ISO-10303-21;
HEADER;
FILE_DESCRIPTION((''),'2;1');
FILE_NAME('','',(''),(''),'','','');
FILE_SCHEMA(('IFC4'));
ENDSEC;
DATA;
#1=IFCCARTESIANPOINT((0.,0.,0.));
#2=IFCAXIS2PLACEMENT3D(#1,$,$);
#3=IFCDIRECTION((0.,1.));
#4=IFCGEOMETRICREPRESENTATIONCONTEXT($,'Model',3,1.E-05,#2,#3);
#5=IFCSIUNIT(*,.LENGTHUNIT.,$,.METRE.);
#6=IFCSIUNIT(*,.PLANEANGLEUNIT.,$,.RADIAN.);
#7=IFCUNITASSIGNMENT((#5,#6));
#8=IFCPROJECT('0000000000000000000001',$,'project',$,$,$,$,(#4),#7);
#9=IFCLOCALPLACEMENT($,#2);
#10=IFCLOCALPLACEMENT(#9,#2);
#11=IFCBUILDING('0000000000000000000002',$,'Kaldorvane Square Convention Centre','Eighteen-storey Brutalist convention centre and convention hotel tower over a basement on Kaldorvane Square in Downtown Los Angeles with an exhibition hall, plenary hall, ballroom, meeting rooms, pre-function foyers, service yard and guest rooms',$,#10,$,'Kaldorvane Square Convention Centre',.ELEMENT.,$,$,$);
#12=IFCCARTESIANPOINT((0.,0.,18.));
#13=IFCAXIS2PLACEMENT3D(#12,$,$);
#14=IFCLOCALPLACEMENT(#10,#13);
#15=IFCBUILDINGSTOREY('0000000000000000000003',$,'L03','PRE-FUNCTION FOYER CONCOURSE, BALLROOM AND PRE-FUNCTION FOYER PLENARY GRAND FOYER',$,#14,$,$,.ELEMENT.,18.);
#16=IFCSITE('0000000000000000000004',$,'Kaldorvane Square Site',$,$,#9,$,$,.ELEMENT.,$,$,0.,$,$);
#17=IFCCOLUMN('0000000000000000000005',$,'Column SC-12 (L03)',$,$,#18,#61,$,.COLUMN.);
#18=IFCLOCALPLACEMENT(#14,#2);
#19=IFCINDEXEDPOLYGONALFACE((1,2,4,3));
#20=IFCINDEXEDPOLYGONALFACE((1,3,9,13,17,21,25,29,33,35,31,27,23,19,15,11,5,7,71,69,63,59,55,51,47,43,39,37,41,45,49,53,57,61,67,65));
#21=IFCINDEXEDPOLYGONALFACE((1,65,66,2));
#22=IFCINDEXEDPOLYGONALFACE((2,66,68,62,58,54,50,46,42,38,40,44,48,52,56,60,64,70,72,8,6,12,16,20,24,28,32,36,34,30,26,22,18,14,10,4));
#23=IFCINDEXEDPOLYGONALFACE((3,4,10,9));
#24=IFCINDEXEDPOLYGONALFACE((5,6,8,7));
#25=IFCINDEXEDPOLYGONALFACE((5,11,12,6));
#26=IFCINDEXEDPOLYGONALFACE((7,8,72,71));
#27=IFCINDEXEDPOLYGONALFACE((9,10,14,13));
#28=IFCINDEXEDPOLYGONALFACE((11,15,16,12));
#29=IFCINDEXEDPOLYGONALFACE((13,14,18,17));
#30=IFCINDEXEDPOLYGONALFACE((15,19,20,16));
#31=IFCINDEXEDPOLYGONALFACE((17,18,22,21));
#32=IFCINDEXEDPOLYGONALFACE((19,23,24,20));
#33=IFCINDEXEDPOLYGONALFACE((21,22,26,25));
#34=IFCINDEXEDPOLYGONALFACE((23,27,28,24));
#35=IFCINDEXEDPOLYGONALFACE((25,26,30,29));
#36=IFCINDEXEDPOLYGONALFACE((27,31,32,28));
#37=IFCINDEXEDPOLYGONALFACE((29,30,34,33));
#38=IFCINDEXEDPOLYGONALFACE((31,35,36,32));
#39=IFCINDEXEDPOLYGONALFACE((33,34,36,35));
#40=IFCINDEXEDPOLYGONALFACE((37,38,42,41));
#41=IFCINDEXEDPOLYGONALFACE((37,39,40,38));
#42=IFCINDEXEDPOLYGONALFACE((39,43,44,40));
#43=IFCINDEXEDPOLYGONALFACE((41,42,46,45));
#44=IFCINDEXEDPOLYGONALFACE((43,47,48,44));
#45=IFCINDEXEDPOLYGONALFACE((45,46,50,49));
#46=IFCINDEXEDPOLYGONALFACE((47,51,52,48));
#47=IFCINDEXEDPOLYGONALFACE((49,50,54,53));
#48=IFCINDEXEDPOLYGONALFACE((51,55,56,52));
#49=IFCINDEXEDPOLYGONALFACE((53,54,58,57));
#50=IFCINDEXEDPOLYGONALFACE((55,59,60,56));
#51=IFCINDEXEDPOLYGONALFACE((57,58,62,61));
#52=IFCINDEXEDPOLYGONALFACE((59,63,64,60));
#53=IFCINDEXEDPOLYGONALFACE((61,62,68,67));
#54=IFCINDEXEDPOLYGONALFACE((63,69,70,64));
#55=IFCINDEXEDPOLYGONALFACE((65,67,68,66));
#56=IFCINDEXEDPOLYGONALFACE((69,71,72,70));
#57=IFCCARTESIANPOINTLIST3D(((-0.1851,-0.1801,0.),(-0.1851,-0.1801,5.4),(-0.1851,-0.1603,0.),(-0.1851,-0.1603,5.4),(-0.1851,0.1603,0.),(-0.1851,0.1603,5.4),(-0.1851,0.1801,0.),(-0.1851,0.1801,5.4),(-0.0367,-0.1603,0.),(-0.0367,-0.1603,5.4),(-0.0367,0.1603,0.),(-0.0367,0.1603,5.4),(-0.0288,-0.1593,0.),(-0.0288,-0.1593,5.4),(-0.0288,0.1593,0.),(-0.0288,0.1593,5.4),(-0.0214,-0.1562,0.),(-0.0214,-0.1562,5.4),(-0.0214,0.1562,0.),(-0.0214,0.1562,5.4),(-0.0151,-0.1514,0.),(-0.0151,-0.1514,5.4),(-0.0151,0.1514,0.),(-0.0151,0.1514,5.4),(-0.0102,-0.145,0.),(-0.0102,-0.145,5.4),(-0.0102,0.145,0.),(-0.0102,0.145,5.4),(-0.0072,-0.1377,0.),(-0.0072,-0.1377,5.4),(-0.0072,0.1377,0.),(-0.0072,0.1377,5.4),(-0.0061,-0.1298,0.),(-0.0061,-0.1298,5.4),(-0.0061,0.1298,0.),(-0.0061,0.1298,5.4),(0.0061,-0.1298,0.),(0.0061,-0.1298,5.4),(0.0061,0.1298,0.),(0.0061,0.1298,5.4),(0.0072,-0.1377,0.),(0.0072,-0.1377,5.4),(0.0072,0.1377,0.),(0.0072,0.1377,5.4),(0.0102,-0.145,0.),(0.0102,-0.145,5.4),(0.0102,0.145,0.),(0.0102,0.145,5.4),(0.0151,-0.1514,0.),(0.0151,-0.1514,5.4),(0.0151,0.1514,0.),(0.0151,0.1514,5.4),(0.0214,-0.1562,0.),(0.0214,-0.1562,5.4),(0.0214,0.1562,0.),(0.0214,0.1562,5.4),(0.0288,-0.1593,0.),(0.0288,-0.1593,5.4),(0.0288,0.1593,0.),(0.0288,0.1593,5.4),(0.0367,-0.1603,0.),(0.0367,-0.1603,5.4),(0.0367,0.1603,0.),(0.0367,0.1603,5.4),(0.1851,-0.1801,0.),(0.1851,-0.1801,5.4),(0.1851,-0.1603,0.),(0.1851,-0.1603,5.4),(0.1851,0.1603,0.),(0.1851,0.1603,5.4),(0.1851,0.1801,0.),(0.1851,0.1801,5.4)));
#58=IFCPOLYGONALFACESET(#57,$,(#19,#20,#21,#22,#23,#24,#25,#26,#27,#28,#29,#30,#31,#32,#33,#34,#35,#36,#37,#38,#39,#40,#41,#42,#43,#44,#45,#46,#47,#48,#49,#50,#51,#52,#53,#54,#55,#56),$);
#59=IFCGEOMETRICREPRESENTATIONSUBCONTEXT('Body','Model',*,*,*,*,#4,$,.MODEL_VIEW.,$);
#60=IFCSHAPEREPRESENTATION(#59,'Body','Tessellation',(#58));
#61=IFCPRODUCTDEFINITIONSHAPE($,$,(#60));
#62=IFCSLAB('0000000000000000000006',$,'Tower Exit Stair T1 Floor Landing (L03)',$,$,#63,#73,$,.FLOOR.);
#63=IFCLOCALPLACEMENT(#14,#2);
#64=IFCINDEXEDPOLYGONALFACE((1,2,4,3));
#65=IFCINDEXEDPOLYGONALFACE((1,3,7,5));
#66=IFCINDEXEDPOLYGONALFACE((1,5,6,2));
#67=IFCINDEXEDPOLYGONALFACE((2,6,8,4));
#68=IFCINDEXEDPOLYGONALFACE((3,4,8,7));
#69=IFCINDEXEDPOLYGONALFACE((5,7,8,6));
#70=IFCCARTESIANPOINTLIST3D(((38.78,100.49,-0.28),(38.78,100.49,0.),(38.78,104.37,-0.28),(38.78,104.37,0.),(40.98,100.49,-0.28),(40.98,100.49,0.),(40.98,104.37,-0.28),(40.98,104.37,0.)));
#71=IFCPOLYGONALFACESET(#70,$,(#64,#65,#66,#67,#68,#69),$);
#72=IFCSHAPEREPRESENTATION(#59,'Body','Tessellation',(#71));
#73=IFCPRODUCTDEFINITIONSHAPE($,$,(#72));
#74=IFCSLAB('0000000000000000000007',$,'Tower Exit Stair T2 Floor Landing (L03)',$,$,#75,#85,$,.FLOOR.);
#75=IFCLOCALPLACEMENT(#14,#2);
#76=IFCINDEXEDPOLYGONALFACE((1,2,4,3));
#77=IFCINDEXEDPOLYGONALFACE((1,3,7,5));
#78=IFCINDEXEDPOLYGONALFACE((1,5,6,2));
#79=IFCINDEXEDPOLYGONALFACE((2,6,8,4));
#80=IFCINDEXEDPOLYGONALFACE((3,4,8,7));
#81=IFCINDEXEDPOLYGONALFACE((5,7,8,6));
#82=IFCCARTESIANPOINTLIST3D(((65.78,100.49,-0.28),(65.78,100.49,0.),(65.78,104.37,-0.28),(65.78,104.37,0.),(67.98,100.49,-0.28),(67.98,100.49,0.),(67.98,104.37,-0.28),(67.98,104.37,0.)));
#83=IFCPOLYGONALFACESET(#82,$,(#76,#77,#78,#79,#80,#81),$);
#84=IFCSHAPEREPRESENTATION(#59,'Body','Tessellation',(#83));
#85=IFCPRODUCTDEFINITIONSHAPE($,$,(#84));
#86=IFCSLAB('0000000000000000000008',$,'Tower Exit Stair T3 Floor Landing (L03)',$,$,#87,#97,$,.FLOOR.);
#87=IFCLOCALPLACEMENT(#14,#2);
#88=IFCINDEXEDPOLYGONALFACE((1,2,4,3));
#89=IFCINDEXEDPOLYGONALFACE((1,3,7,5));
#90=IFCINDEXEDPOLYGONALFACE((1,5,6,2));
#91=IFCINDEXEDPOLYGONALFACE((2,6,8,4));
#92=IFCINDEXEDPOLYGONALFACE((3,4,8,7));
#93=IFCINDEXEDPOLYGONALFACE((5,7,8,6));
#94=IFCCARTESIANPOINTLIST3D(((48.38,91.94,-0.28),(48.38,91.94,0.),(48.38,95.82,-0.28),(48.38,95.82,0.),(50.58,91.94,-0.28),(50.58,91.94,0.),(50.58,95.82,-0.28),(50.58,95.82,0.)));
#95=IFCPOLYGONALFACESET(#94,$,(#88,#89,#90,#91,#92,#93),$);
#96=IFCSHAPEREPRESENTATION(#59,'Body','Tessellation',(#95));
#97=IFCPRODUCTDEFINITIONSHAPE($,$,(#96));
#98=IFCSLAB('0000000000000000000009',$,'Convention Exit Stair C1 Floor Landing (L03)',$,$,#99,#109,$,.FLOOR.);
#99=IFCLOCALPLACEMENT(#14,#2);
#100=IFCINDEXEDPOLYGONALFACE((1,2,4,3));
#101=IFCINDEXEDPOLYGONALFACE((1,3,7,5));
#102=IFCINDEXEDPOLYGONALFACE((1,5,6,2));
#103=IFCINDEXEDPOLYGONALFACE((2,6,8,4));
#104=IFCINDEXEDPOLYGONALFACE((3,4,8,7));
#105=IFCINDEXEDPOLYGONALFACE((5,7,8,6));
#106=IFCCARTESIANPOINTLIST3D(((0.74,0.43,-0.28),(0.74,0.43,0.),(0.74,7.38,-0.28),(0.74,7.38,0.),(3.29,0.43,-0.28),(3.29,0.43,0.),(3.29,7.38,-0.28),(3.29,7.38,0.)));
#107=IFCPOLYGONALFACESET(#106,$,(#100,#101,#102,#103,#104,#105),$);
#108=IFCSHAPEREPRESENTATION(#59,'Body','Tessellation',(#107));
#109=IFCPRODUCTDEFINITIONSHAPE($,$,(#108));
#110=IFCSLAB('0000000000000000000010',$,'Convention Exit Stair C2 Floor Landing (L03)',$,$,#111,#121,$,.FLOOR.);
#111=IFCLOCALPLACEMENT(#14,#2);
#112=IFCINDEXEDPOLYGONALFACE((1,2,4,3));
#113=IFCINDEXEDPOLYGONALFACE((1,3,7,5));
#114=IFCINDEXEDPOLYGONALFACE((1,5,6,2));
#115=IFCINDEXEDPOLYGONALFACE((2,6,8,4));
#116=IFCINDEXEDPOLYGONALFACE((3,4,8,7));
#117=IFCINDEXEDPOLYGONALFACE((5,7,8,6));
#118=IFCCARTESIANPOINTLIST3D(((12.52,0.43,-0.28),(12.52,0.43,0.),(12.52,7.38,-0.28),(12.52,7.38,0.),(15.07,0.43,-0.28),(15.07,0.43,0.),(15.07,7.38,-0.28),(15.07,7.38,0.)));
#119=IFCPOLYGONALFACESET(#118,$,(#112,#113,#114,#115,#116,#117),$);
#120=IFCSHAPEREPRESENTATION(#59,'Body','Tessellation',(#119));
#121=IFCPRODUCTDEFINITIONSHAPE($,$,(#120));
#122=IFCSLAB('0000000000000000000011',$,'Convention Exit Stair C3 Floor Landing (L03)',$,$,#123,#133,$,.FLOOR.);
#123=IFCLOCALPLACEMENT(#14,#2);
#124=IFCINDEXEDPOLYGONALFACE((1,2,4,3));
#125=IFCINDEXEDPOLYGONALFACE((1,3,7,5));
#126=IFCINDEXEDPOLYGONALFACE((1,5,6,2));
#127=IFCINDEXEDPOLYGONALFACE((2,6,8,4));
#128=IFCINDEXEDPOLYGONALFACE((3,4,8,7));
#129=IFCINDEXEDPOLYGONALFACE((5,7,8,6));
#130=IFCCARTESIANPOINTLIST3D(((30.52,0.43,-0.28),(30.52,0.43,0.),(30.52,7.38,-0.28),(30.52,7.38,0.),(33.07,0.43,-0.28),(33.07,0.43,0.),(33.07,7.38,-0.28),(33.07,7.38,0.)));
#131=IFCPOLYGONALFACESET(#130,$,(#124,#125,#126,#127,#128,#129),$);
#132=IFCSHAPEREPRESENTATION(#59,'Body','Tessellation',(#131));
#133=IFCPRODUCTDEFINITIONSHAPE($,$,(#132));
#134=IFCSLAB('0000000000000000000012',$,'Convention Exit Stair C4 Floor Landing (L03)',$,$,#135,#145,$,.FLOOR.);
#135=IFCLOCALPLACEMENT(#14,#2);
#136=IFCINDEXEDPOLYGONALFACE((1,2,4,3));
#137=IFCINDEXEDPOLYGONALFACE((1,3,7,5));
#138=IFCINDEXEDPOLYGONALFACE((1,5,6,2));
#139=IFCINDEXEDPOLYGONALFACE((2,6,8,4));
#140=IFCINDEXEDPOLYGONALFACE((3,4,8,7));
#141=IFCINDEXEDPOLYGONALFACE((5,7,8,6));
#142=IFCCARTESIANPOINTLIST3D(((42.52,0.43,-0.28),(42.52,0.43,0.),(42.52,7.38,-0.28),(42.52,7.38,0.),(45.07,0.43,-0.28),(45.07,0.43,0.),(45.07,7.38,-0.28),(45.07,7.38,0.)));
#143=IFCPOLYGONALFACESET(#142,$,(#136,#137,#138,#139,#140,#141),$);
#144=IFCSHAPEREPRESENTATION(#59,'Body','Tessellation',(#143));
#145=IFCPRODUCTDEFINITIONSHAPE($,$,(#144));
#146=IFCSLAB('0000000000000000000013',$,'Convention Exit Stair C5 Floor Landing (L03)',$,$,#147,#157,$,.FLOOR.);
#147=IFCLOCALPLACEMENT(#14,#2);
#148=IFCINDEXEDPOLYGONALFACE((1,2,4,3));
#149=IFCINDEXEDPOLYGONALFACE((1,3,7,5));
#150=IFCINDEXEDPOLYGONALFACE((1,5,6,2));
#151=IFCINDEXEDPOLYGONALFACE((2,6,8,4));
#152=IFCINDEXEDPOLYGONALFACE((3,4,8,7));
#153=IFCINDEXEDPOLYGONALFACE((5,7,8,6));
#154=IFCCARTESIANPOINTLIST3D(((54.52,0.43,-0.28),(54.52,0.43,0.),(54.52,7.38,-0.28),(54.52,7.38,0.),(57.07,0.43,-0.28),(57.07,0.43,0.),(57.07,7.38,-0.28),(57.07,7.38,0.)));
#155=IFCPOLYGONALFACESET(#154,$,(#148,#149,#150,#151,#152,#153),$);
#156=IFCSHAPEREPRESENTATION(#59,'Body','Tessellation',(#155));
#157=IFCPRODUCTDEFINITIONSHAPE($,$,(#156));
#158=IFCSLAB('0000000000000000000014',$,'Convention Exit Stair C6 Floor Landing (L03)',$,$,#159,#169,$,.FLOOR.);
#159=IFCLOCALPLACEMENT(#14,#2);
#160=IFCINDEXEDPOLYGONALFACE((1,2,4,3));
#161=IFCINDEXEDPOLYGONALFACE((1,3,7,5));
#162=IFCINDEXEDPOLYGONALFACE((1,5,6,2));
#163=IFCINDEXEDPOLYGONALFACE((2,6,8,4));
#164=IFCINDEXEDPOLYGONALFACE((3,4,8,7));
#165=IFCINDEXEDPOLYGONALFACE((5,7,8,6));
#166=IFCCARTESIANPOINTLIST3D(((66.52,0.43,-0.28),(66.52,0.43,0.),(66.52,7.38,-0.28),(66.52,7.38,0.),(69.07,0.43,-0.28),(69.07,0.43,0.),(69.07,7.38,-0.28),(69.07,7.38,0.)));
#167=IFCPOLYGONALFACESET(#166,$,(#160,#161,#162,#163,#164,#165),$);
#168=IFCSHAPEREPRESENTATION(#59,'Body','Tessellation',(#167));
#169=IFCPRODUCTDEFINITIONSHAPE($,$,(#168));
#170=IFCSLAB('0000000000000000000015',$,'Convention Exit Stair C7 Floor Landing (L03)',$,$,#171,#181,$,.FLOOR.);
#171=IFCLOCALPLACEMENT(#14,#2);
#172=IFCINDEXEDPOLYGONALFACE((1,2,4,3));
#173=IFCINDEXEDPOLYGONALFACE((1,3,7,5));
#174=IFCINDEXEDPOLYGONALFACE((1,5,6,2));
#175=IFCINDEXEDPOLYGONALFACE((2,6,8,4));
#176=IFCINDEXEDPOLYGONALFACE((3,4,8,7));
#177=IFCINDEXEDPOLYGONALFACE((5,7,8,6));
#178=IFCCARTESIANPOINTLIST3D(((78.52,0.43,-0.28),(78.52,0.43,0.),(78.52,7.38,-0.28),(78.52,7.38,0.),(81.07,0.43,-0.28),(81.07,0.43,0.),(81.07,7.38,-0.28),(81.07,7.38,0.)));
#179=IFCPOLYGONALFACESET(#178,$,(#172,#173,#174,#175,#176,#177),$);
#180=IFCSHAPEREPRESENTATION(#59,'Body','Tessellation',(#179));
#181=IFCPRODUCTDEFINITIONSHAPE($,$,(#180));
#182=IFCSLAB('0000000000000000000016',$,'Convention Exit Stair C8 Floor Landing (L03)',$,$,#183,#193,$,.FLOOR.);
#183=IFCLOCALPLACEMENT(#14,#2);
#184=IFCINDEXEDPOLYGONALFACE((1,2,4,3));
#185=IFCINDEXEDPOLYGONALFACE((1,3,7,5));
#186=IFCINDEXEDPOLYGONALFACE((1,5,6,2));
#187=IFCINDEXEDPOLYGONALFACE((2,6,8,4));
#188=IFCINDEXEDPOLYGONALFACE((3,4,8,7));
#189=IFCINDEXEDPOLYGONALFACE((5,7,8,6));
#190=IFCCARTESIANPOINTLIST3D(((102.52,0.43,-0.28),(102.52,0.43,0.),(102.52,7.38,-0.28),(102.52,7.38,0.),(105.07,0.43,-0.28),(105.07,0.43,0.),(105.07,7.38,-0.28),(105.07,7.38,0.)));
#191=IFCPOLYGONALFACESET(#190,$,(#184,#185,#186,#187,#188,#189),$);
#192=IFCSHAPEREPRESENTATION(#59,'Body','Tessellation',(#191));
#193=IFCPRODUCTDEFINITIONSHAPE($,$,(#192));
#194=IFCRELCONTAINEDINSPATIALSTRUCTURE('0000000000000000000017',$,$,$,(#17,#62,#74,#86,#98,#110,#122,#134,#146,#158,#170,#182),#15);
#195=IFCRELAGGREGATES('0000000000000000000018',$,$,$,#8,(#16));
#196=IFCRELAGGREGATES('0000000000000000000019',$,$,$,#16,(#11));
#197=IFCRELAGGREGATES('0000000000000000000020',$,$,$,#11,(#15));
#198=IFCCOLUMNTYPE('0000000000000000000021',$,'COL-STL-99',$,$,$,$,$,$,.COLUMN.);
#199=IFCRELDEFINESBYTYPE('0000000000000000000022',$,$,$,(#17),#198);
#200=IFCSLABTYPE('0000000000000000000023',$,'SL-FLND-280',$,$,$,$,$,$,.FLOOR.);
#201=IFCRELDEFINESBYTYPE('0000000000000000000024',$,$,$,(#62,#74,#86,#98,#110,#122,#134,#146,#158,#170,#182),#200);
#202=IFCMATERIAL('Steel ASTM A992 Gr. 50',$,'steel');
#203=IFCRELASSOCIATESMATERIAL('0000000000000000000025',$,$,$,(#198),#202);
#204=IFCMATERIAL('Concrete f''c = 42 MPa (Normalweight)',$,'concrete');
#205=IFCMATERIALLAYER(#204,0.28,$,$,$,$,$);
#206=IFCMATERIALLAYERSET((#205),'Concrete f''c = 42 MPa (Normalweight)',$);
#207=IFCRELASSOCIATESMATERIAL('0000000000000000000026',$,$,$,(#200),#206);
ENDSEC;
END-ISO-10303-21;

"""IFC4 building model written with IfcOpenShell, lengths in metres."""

from ifc_helpers import new_model, si_unit, direction, frame, origin, origin_with_axes, origin_2d, place, context, subcontext, project, spatial, polyline, i_section, outline, extrude, material, layer, layer_set, material_profile, profile_set, type_object, element, save


model = new_model("IFC4")

# Units and contexts
model_context = context("Model", 3, precision=1e-05, world=origin(), true_north=direction((0.0, 1.0)))
body_context = subcontext(model_context, "Body", "Model", "MODEL_VIEW")
ifc_project = project(units=[si_unit("LENGTHUNIT", "METRE"), si_unit("PLANEANGLEUNIT", "RADIAN")], contexts=[model_context])

# Site, building, storey
site_placement = place(None, origin())
site = spatial("IfcSite", under=ifc_project, at=site_placement, Name="Kaldorvane Square Site", CompositionType="ELEMENT", RefElevation=0.0)
building_placement = place(site_placement, origin())
building = spatial("IfcBuilding", under=site, at=building_placement, Name="Kaldorvane Square Convention Centre", Description="Eighteen-storey Brutalist convention centre and convention hotel tower over a basement on Kaldorvane Square in Downtown Los Angeles with an exhibition hall, plenary hall, ballroom, meeting rooms, pre-function foyers, service yard and guest rooms", LongName="Kaldorvane Square Convention Centre", CompositionType="ELEMENT")
storey_placement = place(building_placement, frame((0.0, 0.0, 18.0)))
storey = spatial("IfcBuildingStorey", under=building, at=storey_placement, Name="L03", Description="PRE-FUNCTION FOYER CONCOURSE, BALLROOM AND PRE-FUNCTION FOYER PLENARY GRAND FOYER", CompositionType="ELEMENT", Elevation=18.0)

# Column
ifc_material_1 = material(Name="Steel ASTM A992 Gr. 50", Category="steel")
ifc_material_profile = material_profile(ifc_material_1, i_section(OverallWidth=0.3701, OverallDepth=0.3602, WebThickness=0.0123, FlangeThickness=0.0198, FilletRadius=0.0305, at=origin_2d()), Name="W14X99")
ifc_profile_set = profile_set([ifc_material_profile], Name="Steel ASTM A992 Gr. 50")
column_type = type_object("IfcColumnType", Name="COL-STL-99", PredefinedType="COLUMN", material=ifc_profile_set)
column_placement = place(storey_placement, origin_with_axes())
element("IfcColumn", 1, at=column_placement, inside=storey, type_object=column_type, Name="Column SC-12 (L03)", PredefinedType="COLUMN", context=body_context, shape_type="SweptSolid", body=[
    extrude(i_section(OverallWidth=0.3701, OverallDepth=0.3602, WebThickness=0.0123, FlangeThickness=0.0198, FilletRadius=0.0305, at=origin_2d()), origin(), (0.0, 0.0, 1.0), 5.4),
])

# Slabs
ifc_material_2 = material(Name="Concrete f'c = 42 MPa (Normalweight)", Category="concrete")
ifc_layer_1 = layer(ifc_material_2, 0.28)
ifc_layer_set_1 = layer_set([ifc_layer_1], Name="Concrete f'c = 42 MPa (Normalweight)")
slab_type_1 = type_object("IfcSlabType", Name="SL-FLND-280", PredefinedType="FLOOR", material=ifc_layer_set_1)
slab_1_placement = place(storey_placement, frame((0.0, 0.0, -0.28)))
element("IfcSlab", 2, at=slab_1_placement, inside=storey, type_object=slab_type_1, Name="Tower Exit Stair T1 Floor Landing (L03)", PredefinedType="FLOOR", context=body_context, shape_type="SweptSolid", body=[
    extrude(outline(polyline([(38.78, 100.49), (40.98, 100.49), (40.98, 104.37), (38.78, 104.37), (38.78, 100.49)])), origin(), (0.0, 0.0, 1.0), 0.28),
])
slab_2_placement = place(storey_placement, frame((0.0, 0.0, -0.28)))
element("IfcSlab", 3, at=slab_2_placement, inside=storey, type_object=slab_type_1, Name="Tower Exit Stair T2 Floor Landing (L03)", PredefinedType="FLOOR", context=body_context, shape_type="SweptSolid", body=[
    extrude(outline(polyline([(65.78, 100.49), (67.98, 100.49), (67.98, 104.37), (65.78, 104.37), (65.78, 100.49)])), origin(), (0.0, 0.0, 1.0), 0.28),
])
slab_3_placement = place(storey_placement, frame((0.0, 0.0, -0.28)))
element("IfcSlab", 4, at=slab_3_placement, inside=storey, type_object=slab_type_1, Name="Tower Exit Stair T3 Floor Landing (L03)", PredefinedType="FLOOR", context=body_context, shape_type="SweptSolid", body=[
    extrude(outline(polyline([(48.38, 91.94), (50.58, 91.94), (50.58, 95.82), (48.38, 95.82), (48.38, 91.94)])), origin(), (0.0, 0.0, 1.0), 0.28),
])
slab_4_placement = place(storey_placement, frame((0.0, 0.0, -0.28)))
element("IfcSlab", 5, at=slab_4_placement, inside=storey, type_object=slab_type_1, Name="Convention Exit Stair C1 Floor Landing (L03)", PredefinedType="FLOOR", context=body_context, shape_type="SweptSolid", body=[
    extrude(outline(polyline([(0.74, 0.43), (3.29, 0.43), (3.29, 7.38), (0.74, 7.38), (0.74, 0.43)])), origin(), (0.0, 0.0, 1.0), 0.28),
])
slab_5_placement = place(storey_placement, frame((0.0, 0.0, -0.28)))
element("IfcSlab", 6, at=slab_5_placement, inside=storey, type_object=slab_type_1, Name="Convention Exit Stair C2 Floor Landing (L03)", PredefinedType="FLOOR", context=body_context, shape_type="SweptSolid", body=[
    extrude(outline(polyline([(12.52, 0.43), (15.07, 0.43), (15.07, 7.38), (12.52, 7.38), (12.52, 0.43)])), origin(), (0.0, 0.0, 1.0), 0.28),
])
slab_6_placement = place(storey_placement, frame((0.0, 0.0, -0.28)))
element("IfcSlab", 7, at=slab_6_placement, inside=storey, type_object=slab_type_1, Name="Convention Exit Stair C3 Floor Landing (L03)", PredefinedType="FLOOR", context=body_context, shape_type="SweptSolid", body=[
    extrude(outline(polyline([(30.52, 0.43), (33.07, 0.43), (33.07, 7.38), (30.52, 7.38), (30.52, 0.43)])), origin(), (0.0, 0.0, 1.0), 0.28),
])
slab_7_placement = place(storey_placement, frame((0.0, 0.0, -0.28)))
element("IfcSlab", 8, at=slab_7_placement, inside=storey, type_object=slab_type_1, Name="Convention Exit Stair C4 Floor Landing (L03)", PredefinedType="FLOOR", context=body_context, shape_type="SweptSolid", body=[
    extrude(outline(polyline([(42.52, 0.43), (45.07, 0.43), (45.07, 7.38), (42.52, 7.38), (42.52, 0.43)])), origin(), (0.0, 0.0, 1.0), 0.28),
])
slab_8_placement = place(storey_placement, frame((0.0, 0.0, -0.28)))
element("IfcSlab", 9, at=slab_8_placement, inside=storey, type_object=slab_type_1, Name="Convention Exit Stair C5 Floor Landing (L03)", PredefinedType="FLOOR", context=body_context, shape_type="SweptSolid", body=[
    extrude(outline(polyline([(54.52, 0.43), (57.07, 0.43), (57.07, 7.38), (54.52, 7.38), (54.52, 0.43)])), origin(), (0.0, 0.0, 1.0), 0.28),
])
slab_9_placement = place(storey_placement, frame((0.0, 0.0, -0.28)))
element("IfcSlab", 10, at=slab_9_placement, inside=storey, type_object=slab_type_1, Name="Convention Exit Stair C6 Floor Landing (L03)", PredefinedType="FLOOR", context=body_context, shape_type="SweptSolid", body=[
    extrude(outline(polyline([(66.52, 0.43), (69.07, 0.43), (69.07, 7.38), (66.52, 7.38), (66.52, 0.43)])), origin(), (0.0, 0.0, 1.0), 0.28),
])
slab_10_placement = place(storey_placement, frame((0.0, 0.0, -0.28)))
element("IfcSlab", 11, at=slab_10_placement, inside=storey, type_object=slab_type_1, Name="Convention Exit Stair C7 Floor Landing (L03)", PredefinedType="FLOOR", context=body_context, shape_type="SweptSolid", body=[
    extrude(outline(polyline([(78.52, 0.43), (81.07, 0.43), (81.07, 7.38), (78.52, 7.38), (78.52, 0.43)])), origin(), (0.0, 0.0, 1.0), 0.28),
])
slab_11_placement = place(storey_placement, frame((0.0, 0.0, -0.28)))
element("IfcSlab", 12, at=slab_11_placement, inside=storey, type_object=slab_type_1, Name="Convention Exit Stair C8 Floor Landing (L03)", PredefinedType="FLOOR", context=body_context, shape_type="SweptSolid", body=[
    extrude(outline(polyline([(102.52, 0.43), (105.07, 0.43), (105.07, 7.38), (102.52, 7.38), (102.52, 0.43)])), origin(), (0.0, 0.0, 1.0), 0.28),
])

save(model, "model.ifc")
